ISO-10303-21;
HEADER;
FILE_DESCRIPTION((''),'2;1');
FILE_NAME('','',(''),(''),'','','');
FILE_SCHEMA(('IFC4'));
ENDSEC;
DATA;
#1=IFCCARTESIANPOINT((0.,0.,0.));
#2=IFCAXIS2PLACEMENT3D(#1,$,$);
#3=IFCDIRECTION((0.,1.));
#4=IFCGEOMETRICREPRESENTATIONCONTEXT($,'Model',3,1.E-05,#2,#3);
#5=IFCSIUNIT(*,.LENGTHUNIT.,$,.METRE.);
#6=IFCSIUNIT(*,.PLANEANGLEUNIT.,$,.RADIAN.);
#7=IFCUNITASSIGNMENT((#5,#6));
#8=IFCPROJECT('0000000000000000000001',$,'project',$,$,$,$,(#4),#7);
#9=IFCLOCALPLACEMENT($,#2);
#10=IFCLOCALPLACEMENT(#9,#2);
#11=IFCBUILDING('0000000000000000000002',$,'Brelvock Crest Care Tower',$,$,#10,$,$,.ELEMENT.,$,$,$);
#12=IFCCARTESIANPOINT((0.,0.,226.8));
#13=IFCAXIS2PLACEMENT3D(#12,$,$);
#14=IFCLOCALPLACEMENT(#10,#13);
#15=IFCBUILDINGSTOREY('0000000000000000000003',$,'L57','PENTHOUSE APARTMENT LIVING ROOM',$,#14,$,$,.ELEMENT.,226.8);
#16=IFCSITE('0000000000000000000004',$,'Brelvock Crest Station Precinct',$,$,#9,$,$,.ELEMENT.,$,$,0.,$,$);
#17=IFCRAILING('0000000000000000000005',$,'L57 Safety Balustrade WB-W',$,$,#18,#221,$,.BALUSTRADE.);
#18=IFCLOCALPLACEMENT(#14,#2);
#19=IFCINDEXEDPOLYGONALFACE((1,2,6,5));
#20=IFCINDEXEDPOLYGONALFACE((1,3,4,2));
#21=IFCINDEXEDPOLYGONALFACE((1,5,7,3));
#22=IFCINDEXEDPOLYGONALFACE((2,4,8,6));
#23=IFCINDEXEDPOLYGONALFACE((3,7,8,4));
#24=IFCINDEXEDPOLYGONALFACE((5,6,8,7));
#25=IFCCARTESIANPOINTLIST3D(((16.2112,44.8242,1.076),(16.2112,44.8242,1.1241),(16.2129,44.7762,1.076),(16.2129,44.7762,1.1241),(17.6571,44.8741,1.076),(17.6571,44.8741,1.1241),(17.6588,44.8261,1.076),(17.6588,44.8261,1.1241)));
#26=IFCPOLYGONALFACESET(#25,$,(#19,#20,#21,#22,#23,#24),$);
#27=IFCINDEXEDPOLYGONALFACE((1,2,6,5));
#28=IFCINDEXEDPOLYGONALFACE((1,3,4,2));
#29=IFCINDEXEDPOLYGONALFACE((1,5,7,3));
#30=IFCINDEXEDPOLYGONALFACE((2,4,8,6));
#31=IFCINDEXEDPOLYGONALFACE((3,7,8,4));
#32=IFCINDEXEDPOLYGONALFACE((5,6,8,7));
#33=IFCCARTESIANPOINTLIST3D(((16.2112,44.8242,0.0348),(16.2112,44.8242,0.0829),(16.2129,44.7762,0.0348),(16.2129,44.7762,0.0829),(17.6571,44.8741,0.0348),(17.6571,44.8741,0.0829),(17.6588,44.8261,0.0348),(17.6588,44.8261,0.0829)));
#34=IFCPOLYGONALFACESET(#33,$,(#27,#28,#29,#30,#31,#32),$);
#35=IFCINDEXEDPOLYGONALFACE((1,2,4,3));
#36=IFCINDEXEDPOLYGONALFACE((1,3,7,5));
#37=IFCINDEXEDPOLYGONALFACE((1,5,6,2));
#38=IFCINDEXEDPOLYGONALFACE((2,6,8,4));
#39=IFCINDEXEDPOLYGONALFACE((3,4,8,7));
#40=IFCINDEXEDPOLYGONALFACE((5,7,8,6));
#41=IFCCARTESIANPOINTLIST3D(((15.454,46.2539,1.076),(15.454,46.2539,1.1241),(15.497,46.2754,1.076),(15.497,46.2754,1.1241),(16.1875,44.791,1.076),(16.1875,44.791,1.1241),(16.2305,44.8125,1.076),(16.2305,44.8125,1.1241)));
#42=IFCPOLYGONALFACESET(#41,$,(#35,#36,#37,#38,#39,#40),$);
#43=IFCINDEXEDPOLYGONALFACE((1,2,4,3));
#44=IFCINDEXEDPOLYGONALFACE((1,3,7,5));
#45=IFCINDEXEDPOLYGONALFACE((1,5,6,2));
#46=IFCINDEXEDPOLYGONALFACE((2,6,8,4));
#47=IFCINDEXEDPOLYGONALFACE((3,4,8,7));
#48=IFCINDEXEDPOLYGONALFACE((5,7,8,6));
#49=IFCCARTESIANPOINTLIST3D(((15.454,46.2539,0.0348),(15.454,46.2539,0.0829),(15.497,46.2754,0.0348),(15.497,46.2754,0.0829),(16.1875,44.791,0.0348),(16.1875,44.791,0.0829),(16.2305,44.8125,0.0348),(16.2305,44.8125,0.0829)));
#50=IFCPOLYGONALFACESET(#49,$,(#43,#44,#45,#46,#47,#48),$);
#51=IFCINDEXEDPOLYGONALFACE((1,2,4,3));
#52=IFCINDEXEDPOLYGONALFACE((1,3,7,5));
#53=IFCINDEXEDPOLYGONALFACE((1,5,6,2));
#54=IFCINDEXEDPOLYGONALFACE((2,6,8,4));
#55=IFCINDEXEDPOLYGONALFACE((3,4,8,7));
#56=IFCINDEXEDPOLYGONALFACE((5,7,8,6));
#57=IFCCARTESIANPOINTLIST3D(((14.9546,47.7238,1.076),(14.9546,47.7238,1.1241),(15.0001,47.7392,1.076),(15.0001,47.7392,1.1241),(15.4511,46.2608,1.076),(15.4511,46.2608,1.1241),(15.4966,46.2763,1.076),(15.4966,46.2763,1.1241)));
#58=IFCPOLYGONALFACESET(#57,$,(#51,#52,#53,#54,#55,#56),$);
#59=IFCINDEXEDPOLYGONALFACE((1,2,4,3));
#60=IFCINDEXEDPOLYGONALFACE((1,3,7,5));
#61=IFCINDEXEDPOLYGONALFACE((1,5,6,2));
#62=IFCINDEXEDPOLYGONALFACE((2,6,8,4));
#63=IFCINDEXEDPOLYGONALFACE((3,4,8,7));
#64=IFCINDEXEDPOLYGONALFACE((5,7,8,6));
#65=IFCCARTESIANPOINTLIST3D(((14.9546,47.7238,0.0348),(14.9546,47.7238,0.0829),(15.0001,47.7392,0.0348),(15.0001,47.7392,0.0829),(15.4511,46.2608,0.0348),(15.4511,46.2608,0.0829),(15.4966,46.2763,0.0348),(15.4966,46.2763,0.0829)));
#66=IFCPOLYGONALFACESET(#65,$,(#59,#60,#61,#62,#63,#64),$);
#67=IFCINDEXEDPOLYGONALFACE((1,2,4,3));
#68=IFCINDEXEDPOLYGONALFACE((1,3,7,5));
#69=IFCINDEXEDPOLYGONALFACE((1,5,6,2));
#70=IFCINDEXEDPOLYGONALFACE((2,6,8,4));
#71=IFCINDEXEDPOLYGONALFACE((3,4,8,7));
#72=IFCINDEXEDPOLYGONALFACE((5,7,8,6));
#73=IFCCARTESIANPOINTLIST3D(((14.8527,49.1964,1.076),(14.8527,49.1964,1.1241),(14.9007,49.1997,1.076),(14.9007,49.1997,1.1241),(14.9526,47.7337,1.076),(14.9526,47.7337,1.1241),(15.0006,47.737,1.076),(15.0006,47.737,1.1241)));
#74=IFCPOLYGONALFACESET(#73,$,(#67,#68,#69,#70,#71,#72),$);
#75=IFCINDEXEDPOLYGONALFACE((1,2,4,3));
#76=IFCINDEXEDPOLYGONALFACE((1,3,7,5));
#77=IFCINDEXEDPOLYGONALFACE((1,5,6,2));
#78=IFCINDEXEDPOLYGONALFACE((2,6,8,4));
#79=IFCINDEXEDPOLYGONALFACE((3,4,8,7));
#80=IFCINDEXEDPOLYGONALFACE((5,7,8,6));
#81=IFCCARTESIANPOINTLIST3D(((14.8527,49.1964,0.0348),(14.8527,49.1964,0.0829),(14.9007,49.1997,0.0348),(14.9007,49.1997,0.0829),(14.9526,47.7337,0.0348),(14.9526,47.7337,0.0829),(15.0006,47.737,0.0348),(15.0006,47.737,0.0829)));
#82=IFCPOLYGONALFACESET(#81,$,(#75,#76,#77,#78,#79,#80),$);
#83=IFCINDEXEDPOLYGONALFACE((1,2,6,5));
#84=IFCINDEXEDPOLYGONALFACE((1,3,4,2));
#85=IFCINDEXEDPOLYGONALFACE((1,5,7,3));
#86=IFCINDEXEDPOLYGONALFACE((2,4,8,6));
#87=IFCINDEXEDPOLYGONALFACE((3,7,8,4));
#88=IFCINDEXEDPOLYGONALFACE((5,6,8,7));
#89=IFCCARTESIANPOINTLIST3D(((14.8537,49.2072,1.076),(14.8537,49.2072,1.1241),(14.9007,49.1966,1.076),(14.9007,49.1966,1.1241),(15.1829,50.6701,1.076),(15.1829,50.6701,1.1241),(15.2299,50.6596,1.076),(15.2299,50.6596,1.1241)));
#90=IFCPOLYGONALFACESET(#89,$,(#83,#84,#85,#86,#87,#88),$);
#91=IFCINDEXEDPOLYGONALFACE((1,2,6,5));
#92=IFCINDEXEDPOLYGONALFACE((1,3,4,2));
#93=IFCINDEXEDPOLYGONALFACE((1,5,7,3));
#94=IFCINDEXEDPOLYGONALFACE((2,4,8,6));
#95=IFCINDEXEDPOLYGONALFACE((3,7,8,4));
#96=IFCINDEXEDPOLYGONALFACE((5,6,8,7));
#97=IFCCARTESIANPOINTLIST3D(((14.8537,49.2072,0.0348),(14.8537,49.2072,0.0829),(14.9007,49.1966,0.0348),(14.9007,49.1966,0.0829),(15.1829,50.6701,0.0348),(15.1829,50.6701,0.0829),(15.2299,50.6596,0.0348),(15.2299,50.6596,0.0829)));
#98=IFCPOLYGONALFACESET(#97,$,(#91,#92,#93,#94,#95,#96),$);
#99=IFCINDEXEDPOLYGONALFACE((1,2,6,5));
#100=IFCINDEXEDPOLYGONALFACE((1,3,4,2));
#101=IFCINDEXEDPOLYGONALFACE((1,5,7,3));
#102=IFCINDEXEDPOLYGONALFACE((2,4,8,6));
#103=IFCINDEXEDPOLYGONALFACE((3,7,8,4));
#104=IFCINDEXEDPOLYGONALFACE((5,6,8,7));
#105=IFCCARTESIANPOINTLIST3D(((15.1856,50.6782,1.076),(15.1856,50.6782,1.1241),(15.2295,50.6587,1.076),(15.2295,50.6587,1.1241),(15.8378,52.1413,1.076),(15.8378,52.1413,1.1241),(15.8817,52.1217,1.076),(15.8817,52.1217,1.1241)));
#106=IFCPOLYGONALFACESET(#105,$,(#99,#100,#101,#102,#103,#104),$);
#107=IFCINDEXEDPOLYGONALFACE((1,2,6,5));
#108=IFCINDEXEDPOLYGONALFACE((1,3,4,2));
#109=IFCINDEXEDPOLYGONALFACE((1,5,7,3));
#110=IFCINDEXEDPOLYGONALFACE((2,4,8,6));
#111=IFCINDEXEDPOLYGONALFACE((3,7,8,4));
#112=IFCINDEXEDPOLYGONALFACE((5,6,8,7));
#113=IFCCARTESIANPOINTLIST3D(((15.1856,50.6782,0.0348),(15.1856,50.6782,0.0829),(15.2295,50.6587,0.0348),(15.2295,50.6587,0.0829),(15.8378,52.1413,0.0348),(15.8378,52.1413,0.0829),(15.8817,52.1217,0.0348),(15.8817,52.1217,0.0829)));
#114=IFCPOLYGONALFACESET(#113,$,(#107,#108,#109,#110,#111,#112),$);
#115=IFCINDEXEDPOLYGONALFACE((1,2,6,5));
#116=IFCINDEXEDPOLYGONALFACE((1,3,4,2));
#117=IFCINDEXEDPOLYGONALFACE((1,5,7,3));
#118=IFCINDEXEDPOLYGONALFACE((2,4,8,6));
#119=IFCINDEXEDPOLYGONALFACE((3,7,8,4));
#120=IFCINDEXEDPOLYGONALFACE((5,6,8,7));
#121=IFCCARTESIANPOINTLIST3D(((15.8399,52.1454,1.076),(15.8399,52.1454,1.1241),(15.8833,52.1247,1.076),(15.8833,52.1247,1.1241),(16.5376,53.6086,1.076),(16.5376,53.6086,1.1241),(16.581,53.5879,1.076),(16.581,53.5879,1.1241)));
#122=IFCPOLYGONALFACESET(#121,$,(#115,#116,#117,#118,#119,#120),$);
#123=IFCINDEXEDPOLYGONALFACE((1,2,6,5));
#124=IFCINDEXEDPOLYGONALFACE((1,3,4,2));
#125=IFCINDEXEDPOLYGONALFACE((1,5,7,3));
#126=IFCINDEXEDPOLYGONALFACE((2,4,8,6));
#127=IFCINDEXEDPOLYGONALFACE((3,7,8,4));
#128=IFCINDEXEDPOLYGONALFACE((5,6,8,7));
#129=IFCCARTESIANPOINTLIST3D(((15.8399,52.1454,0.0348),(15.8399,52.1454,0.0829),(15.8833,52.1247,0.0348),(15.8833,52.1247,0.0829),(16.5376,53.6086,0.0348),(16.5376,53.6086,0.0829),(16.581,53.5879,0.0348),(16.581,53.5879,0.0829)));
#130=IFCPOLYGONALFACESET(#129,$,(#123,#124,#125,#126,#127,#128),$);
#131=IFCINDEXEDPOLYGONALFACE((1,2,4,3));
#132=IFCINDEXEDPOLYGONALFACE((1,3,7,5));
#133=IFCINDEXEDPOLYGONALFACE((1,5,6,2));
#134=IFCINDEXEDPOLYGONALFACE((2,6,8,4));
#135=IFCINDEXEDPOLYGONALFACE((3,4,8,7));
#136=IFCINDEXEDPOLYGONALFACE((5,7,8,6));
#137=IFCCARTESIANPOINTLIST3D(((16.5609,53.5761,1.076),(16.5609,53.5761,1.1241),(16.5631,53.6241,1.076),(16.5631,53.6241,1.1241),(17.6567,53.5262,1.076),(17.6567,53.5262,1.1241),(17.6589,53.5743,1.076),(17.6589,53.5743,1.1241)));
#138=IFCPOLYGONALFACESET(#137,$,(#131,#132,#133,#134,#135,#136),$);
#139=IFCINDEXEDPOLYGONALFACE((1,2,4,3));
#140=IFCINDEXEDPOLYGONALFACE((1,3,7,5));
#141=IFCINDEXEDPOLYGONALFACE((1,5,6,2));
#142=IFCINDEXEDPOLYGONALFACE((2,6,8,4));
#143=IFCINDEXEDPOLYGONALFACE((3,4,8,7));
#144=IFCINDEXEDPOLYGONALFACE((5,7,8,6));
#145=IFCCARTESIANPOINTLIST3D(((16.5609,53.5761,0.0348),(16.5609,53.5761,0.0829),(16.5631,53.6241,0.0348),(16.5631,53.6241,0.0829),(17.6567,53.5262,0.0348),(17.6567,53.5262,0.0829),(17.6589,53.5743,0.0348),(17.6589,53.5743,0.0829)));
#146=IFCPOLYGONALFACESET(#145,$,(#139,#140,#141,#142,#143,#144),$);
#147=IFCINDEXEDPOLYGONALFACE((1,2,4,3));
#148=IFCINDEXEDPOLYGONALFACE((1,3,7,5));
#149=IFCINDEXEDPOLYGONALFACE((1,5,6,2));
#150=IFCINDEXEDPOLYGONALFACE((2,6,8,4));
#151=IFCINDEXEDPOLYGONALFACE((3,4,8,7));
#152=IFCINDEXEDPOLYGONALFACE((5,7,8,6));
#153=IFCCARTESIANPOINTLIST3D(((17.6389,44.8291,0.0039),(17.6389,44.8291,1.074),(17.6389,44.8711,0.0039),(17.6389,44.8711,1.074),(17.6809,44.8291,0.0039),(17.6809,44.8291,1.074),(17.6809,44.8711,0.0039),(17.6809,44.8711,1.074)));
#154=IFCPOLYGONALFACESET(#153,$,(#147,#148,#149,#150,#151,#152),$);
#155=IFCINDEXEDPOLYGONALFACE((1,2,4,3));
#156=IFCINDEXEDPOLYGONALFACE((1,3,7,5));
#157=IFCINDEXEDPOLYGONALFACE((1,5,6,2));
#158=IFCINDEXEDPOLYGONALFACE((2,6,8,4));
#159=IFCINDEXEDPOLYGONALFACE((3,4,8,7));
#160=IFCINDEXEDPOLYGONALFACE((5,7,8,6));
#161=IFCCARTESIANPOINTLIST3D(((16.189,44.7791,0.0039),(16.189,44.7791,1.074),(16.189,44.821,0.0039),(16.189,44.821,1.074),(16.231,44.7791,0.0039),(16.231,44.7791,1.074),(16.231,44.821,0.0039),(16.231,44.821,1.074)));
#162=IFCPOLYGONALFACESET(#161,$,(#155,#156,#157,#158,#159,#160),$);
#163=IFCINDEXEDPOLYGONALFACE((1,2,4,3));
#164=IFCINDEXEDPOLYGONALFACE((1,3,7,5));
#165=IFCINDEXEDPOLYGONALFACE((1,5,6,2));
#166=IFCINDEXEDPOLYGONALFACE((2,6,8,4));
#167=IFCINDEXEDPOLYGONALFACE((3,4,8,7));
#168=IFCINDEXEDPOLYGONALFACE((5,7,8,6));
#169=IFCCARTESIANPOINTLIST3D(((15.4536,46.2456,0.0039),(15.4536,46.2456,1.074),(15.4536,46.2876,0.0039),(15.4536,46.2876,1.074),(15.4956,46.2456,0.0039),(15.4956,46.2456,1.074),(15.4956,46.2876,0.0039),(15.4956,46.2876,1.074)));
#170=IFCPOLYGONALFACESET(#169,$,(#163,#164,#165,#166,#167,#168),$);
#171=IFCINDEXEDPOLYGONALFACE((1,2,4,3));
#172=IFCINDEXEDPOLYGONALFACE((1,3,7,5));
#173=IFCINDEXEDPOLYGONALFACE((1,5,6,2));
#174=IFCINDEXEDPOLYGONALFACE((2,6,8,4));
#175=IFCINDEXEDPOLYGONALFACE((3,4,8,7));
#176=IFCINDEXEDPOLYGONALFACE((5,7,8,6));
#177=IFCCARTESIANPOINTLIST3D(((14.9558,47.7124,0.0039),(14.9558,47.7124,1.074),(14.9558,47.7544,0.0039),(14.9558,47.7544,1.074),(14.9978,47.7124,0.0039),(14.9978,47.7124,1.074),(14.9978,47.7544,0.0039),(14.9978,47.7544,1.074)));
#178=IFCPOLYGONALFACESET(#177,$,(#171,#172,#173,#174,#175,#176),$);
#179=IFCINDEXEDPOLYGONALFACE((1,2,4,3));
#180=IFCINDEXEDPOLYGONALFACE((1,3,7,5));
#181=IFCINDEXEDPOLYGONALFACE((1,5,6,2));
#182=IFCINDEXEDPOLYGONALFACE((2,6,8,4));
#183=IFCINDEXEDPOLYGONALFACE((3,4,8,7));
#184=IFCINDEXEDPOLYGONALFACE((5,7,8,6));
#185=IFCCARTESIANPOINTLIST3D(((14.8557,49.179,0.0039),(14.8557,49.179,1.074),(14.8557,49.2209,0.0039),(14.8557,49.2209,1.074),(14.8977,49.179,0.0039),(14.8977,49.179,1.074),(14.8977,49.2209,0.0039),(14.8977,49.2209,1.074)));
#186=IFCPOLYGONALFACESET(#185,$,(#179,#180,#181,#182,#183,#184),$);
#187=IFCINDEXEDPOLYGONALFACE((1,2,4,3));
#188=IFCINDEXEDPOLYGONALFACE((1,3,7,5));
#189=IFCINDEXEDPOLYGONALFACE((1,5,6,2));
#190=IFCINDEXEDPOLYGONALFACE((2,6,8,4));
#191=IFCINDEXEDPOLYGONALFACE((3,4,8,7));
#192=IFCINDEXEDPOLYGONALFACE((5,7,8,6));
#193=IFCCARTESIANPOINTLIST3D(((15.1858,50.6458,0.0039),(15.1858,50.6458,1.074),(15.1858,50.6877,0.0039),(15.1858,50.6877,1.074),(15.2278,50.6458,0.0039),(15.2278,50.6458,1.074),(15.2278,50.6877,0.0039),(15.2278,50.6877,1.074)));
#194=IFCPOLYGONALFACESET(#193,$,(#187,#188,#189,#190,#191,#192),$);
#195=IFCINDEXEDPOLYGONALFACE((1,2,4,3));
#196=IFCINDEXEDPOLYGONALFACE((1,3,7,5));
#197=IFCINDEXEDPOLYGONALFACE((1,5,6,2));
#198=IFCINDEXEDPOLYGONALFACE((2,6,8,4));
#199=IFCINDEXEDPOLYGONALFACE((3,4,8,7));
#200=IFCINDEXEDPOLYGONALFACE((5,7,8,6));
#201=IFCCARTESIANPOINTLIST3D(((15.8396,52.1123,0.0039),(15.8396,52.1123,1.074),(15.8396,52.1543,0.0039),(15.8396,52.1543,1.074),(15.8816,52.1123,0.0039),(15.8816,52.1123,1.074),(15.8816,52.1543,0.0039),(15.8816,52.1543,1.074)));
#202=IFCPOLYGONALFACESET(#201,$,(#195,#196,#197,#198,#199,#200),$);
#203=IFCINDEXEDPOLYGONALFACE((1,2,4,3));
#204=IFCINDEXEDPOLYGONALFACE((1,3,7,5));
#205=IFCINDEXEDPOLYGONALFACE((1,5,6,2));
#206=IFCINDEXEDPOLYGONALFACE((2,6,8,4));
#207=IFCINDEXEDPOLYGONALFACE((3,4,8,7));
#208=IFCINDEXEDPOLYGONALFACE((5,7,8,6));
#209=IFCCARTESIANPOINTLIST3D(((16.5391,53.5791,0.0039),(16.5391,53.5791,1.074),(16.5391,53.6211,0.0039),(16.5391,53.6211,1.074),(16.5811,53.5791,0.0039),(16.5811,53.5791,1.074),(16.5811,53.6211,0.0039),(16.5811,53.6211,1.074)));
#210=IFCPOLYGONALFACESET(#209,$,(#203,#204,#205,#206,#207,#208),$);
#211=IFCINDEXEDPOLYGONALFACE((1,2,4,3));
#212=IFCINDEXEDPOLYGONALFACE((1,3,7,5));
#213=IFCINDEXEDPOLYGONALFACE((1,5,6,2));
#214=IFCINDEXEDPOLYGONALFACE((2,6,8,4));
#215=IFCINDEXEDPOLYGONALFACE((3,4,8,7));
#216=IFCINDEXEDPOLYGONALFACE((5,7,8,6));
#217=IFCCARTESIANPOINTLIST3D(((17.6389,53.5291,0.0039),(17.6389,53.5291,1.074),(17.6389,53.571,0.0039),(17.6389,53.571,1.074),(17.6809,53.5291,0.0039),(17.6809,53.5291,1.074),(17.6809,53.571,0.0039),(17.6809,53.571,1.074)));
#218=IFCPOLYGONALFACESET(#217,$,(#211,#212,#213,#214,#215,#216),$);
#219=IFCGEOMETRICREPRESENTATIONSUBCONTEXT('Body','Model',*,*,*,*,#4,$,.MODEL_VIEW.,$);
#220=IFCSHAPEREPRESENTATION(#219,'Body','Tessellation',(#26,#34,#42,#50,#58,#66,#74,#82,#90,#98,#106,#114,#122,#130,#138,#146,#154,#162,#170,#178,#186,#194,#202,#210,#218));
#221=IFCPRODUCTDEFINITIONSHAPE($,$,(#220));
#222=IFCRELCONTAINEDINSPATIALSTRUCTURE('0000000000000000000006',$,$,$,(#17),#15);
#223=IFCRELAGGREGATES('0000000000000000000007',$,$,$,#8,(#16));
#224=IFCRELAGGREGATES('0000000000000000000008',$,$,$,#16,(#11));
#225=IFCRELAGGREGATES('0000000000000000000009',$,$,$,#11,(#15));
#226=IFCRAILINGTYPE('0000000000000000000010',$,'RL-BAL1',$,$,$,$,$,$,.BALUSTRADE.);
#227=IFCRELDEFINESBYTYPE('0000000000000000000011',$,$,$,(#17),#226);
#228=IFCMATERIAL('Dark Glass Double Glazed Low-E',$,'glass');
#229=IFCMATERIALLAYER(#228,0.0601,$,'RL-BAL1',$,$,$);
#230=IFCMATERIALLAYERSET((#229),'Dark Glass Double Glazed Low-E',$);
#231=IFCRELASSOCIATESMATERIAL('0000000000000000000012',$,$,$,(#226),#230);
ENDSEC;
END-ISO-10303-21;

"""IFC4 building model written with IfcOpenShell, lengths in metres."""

from ifc_helpers import new_model, si_unit, direction, frame, origin, origin_2d, place, context, subcontext, project, spatial, rectangle, extrude, material, layer, layer_set, type_object, element, save


model = new_model("IFC4")

# Units and contexts
model_context = context("Model", 3, precision=1e-05, world=origin(), true_north=direction((0.0, 1.0)))
body_context = subcontext(model_context, "Body", "Model", "MODEL_VIEW")
ifc_project = project(units=[si_unit("LENGTHUNIT", "METRE"), si_unit("PLANEANGLEUNIT", "RADIAN")], contexts=[model_context])

# Site, building, storey
site_placement = place(None, origin())
site = spatial("IfcSite", under=ifc_project, at=site_placement, Name="Brelvock Crest Station Precinct", CompositionType="ELEMENT", RefElevation=0.0)
building_placement = place(site_placement, origin())
building = spatial("IfcBuilding", under=site, at=building_placement, Name="Brelvock Crest Care Tower", CompositionType="ELEMENT")
storey_placement = place(building_placement, frame((0.0, 0.0, 226.8)))
storey = spatial("IfcBuildingStorey", under=building, at=storey_placement, Name="L57", Description="PENTHOUSE APARTMENT LIVING ROOM", CompositionType="ELEMENT", Elevation=226.8)

# Shared definitions
ifc_material_1 = material(Name="Dark Glass Double Glazed Low-E", Category="glass")

# Railing
ifc_layer_1 = layer(ifc_material_1, 0.0601, Name="RL-BAL1")
ifc_layer_set_1 = layer_set([ifc_layer_1], Name="Dark Glass Double Glazed Low-E")
railing_type = type_object("IfcRailingType", Name="RL-BAL1", PredefinedType="BALUSTRADE", material=ifc_layer_set_1)
railing_placement = place(storey_placement, frame((17.6599, 44.8501, 0.0039)))
element("IfcRailing", 1, at=railing_placement, inside=storey, type_object=railing_type, Name="L57 Safety Balustrade WB-W", PredefinedType="BALUSTRADE", context=body_context, shape_type="SweptSolid", body=[
    extrude(rectangle(XDim=0.0481, YDim=0.0481, at=origin_2d()), frame((-0.002, 0.0, 1.0962), z_axis=(-0.999405, -0.034497, 0.0), x_axis=(0.034497, -0.999405, 0.0)), (0.0, 0.0, 1.0), 1.4468),
    extrude(rectangle(XDim=0.0481, YDim=0.0481, at=origin_2d()), frame((-0.002, 0.0, 0.0549), z_axis=(-0.999405, -0.034497, 0.0), x_axis=(0.034497, -0.999405, 0.0)), (0.0, 0.0, 1.0), 1.4468),
    extrude(rectangle(XDim=0.0481, YDim=0.0481, at=origin_2d()), frame((-1.4509, -0.0483, 1.0962), z_axis=(-0.448225, 0.893921, 0.0), x_axis=(-0.893921, -0.448225, 0.0)), (0.0, 0.0, 1.0), 1.6365),
    extrude(rectangle(XDim=0.0481, YDim=0.0481, at=origin_2d()), frame((-1.4509, -0.0483, 0.0549), z_axis=(-0.448225, 0.893921, 0.0), x_axis=(-0.893921, -0.448225, 0.0)), (0.0, 0.0, 1.0), 1.6365),
    extrude(rectangle(XDim=0.0481, YDim=0.0481, at=origin_2d()), frame((-2.186, 1.4185, 1.0962), z_axis=(-0.321377, 0.946951, 0.0), x_axis=(-0.946951, -0.321377, 0.0)), (0.0, 0.0, 1.0), 1.5449),
    extrude(rectangle(XDim=0.0481, YDim=0.0481, at=origin_2d()), frame((-2.186, 1.4185, 0.0549), z_axis=(-0.321377, 0.946951, 0.0), x_axis=(-0.946951, -0.321377, 0.0)), (0.0, 0.0, 1.0), 1.5449),
    extrude(rectangle(XDim=0.0481, YDim=0.0481, at=origin_2d()), frame((-2.6833, 2.8853, 1.0962), z_axis=(-0.068095, 0.997679, 0.0), x_axis=(-0.997679, -0.068095, 0.0)), (0.0, 0.0, 1.0), 1.4661),
    extrude(rectangle(XDim=0.0481, YDim=0.0481, at=origin_2d()), frame((-2.6833, 2.8853, 0.0549), z_axis=(-0.068095, 0.997679, 0.0), x_axis=(-0.997679, -0.068095, 0.0)), (0.0, 0.0, 1.0), 1.4661),
    extrude(rectangle(XDim=0.0481, YDim=0.0481, at=origin_2d()), frame((-2.7827, 4.3518, 1.0962), z_axis=(0.219543, 0.975603, 0.0), x_axis=(-0.975603, 0.219543, 0.0)), (0.0, 0.0, 1.0), 1.4995),
    extrude(rectangle(XDim=0.0481, YDim=0.0481, at=origin_2d()), frame((-2.7827, 4.3518, 0.0549), z_axis=(0.219543, 0.975603, 0.0), x_axis=(-0.975603, 0.219543, 0.0)), (0.0, 0.0, 1.0), 1.4995),
    extrude(rectangle(XDim=0.0481, YDim=0.0481, at=origin_2d()), frame((-2.4524, 5.8184, 1.0962), z_axis=(0.407182, 0.913347, 0.0), x_axis=(-0.913347, 0.407182, 0.0)), (0.0, 0.0, 1.0), 1.6018),
    extrude(rectangle(XDim=0.0481, YDim=0.0481, at=origin_2d()), frame((-2.4524, 5.8184, 0.0549), z_axis=(0.407182, 0.913347, 0.0), x_axis=(-0.913347, 0.407182, 0.0)), (0.0, 0.0, 1.0), 1.6018),
    extrude(rectangle(XDim=0.0481, YDim=0.0481, at=origin_2d()), frame((-1.7983, 7.2849, 1.0962), z_axis=(0.430429, 0.902624, 0.0), x_axis=(-0.902624, 0.430429, 0.0)), (0.0, 0.0, 1.0), 1.6211),
    extrude(rectangle(XDim=0.0481, YDim=0.0481, at=origin_2d()), frame((-1.7983, 7.2849, 0.0549), z_axis=(0.430429, 0.902624, 0.0), x_axis=(-0.902624, 0.430429, 0.0)), (0.0, 0.0, 1.0), 1.6211),
    extrude(rectangle(XDim=0.0481, YDim=0.0481, at=origin_2d()), frame((-1.0979, 8.75, 1.0962), z_axis=(0.998966, -0.045458, 0.0), x_axis=(0.045458, 0.998966, 0.0)), (0.0, 0.0, 1.0), 1.0969),
    extrude(rectangle(XDim=0.0481, YDim=0.0481, at=origin_2d()), frame((-1.0979, 8.75, 0.0549), z_axis=(0.998966, -0.045458, 0.0), x_axis=(0.045458, 0.998966, 0.0)), (0.0, 0.0, 1.0), 1.0969),
    extrude(rectangle(XDim=0.042, YDim=0.042, at=origin_2d()), origin(), (0.0, 0.0, 1.0), 1.0701),
    extrude(rectangle(XDim=0.042, YDim=0.042, at=origin_2d()), frame((-1.45, -0.05, 0.0)), (0.0, 0.0, 1.0), 1.0701),
    extrude(rectangle(XDim=0.042, YDim=0.042, at=origin_2d()), frame((-2.1853, 1.4165, 0.0)), (0.0, 0.0, 1.0), 1.0701),
    extrude(rectangle(XDim=0.042, YDim=0.042, at=origin_2d()), frame((-2.6831, 2.8833, 0.0)), (0.0, 0.0, 1.0), 1.0701),
    extrude(rectangle(XDim=0.042, YDim=0.042, at=origin_2d()), frame((-2.7832, 4.3499, 0.0)), (0.0, 0.0, 1.0), 1.0701),
    extrude(rectangle(XDim=0.042, YDim=0.042, at=origin_2d()), frame((-2.4531, 5.8167, 0.0)), (0.0, 0.0, 1.0), 1.0701),
    extrude(rectangle(XDim=0.042, YDim=0.042, at=origin_2d()), frame((-1.7993, 7.2832, 0.0)), (0.0, 0.0, 1.0), 1.0701),
    extrude(rectangle(XDim=0.042, YDim=0.042, at=origin_2d()), frame((-1.0999, 8.75, 0.0)), (0.0, 0.0, 1.0), 1.0701),
    extrude(rectangle(XDim=0.042, YDim=0.042, at=origin_2d()), frame((0.0, 8.7, 0.0)), (0.0, 0.0, 1.0), 1.0701),
])

save(model, "model.ifc")
